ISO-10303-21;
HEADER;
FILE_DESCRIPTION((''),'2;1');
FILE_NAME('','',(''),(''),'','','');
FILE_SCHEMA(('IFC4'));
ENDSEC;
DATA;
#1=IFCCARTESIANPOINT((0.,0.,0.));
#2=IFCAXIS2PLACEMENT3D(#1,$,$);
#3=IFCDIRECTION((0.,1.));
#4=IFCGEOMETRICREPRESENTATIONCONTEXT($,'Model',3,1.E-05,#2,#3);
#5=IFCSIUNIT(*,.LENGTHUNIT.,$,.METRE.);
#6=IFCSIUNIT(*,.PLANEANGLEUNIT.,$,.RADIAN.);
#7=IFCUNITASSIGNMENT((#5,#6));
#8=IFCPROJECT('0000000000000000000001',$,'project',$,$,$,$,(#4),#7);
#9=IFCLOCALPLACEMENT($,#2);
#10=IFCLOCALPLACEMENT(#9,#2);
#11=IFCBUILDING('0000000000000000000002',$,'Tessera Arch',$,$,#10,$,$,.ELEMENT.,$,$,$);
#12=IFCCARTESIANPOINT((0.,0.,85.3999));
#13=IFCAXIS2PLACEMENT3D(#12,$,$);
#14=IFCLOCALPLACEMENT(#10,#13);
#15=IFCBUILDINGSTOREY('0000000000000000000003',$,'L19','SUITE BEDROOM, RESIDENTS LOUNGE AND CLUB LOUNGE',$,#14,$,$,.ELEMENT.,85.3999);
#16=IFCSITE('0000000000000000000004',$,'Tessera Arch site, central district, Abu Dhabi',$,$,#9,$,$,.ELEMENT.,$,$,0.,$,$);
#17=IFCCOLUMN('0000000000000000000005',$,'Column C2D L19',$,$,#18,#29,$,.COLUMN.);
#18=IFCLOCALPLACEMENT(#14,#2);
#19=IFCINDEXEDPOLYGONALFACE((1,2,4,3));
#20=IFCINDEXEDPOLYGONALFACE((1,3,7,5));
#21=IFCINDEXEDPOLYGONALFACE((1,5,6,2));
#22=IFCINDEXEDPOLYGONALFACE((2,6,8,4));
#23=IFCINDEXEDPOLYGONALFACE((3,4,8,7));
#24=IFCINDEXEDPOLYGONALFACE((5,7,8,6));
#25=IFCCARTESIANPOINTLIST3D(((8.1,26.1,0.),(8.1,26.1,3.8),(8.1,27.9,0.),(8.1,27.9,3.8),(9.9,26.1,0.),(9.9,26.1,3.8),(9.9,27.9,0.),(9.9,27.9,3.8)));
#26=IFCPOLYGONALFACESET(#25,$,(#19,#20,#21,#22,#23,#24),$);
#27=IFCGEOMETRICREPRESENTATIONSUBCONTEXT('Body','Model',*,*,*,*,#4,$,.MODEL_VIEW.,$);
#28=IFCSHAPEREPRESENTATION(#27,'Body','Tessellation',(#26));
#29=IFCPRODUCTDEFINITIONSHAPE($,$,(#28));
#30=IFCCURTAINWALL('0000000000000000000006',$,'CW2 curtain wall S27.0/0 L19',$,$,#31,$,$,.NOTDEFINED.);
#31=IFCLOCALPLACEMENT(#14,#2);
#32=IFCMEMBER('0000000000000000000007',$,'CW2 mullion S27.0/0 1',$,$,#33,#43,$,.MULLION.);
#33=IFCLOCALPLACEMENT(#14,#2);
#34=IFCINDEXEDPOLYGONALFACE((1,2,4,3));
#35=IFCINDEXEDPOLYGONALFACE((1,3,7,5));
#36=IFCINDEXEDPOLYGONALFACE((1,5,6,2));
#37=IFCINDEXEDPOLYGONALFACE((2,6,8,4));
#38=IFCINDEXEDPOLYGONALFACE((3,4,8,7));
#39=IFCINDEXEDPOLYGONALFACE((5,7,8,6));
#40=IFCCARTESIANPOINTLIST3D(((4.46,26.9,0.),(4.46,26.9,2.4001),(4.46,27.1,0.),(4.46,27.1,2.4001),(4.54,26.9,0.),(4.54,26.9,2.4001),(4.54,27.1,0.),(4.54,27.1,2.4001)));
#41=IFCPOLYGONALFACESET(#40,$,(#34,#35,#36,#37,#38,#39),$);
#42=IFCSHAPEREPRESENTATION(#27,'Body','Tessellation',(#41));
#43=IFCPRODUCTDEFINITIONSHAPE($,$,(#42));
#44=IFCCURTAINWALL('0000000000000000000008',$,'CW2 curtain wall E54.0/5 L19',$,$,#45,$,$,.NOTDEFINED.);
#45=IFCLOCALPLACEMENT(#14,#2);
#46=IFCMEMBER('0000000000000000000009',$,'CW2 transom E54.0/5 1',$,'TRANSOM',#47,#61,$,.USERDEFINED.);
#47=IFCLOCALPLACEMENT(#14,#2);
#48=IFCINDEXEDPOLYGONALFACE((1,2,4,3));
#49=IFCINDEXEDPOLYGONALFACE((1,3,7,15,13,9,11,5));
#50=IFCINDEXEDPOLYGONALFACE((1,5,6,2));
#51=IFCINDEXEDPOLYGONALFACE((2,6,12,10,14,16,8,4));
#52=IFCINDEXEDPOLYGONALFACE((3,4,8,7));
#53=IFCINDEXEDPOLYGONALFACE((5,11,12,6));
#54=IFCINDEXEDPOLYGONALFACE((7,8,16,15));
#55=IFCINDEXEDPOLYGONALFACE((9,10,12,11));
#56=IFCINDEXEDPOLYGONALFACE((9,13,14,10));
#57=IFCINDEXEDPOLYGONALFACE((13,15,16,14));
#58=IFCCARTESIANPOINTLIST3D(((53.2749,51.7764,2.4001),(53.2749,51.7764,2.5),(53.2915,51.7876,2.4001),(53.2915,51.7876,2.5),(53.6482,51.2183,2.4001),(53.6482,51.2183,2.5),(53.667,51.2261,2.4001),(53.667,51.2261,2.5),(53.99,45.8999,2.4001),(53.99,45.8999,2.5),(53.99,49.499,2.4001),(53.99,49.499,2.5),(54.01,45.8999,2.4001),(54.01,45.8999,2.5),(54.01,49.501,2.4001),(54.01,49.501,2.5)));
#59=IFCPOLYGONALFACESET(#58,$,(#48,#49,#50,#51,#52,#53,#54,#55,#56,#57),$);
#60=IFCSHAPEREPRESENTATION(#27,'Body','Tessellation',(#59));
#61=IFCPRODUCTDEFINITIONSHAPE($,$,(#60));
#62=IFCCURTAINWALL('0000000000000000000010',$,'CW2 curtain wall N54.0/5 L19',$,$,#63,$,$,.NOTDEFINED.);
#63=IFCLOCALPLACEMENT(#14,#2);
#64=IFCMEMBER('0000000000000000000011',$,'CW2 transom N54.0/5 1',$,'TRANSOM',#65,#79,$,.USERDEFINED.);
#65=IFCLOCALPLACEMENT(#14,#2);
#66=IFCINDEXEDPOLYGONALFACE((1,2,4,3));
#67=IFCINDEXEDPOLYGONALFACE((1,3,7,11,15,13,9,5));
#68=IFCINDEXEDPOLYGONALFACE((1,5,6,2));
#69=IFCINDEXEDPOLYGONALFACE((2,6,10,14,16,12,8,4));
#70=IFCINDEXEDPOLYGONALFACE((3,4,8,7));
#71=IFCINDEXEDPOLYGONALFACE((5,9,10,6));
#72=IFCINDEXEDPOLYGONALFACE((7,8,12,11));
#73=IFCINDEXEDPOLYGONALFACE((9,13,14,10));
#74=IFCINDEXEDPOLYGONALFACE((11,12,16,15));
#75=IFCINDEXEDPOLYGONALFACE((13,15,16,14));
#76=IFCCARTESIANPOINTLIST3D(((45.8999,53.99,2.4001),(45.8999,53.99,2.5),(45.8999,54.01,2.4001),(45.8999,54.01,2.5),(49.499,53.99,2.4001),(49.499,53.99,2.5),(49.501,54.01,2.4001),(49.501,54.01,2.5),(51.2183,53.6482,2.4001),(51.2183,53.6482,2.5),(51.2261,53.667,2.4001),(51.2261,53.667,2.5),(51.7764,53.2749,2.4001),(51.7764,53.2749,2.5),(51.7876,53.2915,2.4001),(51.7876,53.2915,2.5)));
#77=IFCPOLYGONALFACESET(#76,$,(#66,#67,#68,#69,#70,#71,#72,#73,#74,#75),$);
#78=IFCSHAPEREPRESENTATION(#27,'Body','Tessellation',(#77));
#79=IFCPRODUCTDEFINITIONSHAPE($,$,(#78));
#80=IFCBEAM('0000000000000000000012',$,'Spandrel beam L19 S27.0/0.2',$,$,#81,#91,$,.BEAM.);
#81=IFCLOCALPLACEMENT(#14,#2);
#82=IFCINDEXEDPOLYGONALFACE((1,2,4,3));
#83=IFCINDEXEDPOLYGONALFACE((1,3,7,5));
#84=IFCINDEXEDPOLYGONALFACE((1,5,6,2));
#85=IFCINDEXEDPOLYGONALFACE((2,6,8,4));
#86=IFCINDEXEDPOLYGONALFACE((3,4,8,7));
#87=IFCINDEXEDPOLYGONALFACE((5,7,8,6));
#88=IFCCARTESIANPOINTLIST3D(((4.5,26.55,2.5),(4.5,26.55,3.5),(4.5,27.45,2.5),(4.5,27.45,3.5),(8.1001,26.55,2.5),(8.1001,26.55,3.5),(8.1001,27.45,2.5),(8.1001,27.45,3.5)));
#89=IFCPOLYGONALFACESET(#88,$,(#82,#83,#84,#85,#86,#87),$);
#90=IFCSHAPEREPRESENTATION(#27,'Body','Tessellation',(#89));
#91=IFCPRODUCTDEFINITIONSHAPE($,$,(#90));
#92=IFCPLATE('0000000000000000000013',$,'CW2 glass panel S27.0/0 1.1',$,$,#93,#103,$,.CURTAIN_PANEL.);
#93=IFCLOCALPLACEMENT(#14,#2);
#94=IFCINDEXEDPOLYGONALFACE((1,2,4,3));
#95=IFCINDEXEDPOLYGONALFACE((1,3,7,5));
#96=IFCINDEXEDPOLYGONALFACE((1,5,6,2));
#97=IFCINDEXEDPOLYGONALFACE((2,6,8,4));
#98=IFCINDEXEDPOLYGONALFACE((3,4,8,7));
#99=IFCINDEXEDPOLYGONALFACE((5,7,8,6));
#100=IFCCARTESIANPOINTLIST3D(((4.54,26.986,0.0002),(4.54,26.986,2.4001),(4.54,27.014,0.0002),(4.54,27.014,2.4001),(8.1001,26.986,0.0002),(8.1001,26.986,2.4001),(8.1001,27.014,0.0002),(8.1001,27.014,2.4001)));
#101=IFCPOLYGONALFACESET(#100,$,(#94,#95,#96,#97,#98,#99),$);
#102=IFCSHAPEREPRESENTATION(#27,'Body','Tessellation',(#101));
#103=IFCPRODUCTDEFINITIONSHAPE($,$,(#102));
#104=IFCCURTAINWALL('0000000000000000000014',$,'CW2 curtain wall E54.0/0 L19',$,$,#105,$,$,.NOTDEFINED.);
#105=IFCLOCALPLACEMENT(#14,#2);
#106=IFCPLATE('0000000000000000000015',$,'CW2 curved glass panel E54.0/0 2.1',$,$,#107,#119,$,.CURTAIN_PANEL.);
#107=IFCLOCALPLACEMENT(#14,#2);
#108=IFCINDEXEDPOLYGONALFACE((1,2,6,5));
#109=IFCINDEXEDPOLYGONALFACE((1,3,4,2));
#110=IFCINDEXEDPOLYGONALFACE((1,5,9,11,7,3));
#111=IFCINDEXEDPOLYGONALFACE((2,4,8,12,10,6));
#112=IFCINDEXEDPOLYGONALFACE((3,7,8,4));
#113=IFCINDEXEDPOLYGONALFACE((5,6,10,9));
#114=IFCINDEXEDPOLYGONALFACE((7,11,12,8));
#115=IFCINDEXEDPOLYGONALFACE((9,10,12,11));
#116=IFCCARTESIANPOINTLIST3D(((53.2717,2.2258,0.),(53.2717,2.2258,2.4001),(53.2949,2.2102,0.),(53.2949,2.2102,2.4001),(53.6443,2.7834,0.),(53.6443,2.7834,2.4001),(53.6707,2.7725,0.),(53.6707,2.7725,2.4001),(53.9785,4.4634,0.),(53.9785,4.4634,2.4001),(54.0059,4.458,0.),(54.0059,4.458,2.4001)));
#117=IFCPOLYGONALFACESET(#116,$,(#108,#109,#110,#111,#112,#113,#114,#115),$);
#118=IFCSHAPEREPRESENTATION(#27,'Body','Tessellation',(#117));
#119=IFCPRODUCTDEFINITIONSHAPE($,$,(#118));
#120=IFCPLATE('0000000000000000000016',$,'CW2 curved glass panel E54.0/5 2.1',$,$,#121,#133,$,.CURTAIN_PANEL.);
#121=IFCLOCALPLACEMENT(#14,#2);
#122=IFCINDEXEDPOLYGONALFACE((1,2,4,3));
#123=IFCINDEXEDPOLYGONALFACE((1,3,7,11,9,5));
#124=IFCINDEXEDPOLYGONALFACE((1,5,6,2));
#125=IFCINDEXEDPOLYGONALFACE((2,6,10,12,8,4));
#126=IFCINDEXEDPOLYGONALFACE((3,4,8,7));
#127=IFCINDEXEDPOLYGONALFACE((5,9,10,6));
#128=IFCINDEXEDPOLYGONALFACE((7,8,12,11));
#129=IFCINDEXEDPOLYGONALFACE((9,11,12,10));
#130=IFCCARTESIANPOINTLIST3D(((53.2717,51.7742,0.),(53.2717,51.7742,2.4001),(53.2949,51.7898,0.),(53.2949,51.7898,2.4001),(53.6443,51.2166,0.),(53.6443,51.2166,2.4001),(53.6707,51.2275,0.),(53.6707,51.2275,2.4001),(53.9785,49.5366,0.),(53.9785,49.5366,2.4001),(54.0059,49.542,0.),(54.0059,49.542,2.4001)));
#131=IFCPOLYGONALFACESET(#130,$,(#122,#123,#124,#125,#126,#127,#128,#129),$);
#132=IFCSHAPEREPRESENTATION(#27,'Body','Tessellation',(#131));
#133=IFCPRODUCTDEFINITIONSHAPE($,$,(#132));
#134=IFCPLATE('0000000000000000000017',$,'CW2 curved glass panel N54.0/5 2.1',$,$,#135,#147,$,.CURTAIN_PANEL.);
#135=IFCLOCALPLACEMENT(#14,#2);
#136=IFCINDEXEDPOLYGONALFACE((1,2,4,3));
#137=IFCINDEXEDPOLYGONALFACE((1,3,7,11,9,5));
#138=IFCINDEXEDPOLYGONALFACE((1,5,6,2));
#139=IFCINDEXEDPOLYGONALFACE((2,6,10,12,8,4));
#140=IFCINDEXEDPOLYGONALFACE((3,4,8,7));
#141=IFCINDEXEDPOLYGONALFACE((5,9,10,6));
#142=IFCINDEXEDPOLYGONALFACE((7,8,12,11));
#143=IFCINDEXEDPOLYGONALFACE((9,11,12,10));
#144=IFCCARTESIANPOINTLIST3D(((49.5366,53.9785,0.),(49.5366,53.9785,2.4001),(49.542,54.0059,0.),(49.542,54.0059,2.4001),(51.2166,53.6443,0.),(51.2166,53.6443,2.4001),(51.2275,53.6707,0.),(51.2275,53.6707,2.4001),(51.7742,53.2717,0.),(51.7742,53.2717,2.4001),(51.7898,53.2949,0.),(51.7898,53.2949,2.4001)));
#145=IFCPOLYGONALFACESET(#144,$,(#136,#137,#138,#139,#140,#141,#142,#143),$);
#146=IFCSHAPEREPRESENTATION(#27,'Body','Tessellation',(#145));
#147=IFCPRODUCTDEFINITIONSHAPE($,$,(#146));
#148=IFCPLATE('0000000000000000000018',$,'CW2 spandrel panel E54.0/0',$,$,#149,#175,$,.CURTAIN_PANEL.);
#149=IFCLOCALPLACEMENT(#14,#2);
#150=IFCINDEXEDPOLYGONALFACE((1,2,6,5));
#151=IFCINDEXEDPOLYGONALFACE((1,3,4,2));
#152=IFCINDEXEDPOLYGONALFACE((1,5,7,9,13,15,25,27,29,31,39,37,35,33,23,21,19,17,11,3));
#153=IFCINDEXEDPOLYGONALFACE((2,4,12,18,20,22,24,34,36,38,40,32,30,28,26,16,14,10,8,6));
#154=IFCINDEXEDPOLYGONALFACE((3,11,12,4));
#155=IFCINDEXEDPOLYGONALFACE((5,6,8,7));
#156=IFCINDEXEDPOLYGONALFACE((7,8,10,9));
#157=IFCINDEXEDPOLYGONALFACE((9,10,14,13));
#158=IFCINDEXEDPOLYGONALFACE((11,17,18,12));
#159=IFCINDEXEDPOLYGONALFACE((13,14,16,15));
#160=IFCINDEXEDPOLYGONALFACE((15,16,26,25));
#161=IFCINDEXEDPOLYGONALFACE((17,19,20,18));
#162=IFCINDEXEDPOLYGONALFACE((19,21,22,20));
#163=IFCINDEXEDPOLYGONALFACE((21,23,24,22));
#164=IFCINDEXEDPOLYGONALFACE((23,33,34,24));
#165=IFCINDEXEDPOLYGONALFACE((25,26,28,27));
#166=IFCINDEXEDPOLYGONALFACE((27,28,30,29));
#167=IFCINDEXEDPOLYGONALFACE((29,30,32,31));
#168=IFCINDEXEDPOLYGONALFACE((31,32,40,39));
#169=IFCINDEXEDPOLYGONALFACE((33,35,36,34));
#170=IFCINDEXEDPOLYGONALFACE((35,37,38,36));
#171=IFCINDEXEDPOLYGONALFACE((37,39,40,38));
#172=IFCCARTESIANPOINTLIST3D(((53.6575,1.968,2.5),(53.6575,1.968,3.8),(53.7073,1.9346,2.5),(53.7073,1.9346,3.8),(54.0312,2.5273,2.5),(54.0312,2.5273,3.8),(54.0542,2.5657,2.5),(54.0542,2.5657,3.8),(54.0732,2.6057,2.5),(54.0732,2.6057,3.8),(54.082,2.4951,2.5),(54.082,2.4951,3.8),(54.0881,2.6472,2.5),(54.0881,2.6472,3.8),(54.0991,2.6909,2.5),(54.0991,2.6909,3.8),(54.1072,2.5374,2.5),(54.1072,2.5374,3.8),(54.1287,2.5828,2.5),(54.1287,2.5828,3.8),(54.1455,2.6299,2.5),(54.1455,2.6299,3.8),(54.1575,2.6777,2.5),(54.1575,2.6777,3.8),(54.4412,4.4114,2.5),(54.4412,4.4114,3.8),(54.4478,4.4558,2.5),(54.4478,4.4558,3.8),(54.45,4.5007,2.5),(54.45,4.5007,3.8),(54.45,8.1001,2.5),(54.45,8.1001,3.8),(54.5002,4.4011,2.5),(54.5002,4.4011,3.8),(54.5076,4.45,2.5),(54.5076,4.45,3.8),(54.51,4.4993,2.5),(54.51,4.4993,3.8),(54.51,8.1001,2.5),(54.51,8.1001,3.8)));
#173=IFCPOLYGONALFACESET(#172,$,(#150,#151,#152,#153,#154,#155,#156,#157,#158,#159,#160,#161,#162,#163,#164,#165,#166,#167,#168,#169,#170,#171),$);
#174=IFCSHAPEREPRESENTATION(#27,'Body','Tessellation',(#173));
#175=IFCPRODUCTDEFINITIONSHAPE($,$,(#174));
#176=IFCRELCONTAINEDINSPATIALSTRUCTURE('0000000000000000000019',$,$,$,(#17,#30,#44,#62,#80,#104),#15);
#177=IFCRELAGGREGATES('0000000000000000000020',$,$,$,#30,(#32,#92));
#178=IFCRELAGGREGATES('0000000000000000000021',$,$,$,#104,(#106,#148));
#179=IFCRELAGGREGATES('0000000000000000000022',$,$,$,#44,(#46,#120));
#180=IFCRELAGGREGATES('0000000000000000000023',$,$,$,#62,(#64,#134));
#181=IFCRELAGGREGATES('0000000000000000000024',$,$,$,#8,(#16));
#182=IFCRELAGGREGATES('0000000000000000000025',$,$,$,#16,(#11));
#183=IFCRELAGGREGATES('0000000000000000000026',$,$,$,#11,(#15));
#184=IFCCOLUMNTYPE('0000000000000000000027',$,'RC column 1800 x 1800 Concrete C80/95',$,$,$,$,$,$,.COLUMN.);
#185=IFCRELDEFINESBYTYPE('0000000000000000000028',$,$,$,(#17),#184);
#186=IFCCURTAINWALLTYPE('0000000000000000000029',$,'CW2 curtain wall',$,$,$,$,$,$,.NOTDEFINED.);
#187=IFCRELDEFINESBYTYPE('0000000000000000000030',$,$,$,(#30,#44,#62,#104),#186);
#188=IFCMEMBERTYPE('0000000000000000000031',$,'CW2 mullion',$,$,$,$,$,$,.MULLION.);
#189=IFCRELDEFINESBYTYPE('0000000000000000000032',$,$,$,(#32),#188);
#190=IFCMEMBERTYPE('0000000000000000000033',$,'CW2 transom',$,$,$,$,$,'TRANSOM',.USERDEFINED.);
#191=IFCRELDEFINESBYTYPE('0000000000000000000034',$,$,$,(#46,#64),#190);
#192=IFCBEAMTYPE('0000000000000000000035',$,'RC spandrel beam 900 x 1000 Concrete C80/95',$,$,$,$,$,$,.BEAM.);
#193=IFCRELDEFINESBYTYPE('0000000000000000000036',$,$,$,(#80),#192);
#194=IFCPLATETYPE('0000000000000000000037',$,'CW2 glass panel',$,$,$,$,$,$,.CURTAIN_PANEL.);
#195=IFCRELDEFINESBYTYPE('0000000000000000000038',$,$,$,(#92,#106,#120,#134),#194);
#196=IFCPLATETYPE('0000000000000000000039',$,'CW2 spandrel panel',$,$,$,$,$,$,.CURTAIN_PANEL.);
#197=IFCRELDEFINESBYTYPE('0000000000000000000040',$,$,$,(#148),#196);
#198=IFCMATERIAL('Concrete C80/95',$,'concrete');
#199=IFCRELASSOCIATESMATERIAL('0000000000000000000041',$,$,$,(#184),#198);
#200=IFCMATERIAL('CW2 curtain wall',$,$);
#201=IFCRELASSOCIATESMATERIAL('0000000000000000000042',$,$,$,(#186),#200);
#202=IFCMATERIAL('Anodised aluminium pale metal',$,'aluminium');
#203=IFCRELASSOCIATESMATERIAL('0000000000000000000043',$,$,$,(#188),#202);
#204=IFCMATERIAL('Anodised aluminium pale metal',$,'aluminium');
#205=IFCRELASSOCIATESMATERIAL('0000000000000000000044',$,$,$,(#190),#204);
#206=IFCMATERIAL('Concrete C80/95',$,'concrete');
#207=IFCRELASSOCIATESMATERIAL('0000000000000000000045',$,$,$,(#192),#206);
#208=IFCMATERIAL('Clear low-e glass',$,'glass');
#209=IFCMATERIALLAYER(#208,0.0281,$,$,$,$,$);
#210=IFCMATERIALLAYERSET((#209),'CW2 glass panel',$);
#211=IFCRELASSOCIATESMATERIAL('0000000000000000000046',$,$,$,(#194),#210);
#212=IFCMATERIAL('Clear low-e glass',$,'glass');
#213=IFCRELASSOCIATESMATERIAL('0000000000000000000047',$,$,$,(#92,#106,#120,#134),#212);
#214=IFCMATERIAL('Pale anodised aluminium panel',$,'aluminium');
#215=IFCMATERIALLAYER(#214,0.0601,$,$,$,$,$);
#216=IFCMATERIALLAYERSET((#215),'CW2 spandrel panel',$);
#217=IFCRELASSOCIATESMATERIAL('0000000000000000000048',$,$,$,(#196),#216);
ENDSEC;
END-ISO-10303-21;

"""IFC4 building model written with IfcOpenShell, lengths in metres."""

from ifc_helpers import new_model, si_unit, direction, frame, origin, origin_2d, place, context, subcontext, project, spatial, polyline, rectangle, outline, extrude, material, layer, layer_set, material_profile, profile_set, type_object, element, aggregate, save


model = new_model("IFC4")

# Units and contexts
model_context = context("Model", 3, precision=1e-05, world=origin(), true_north=direction((0.0, 1.0)))
body_context = subcontext(model_context, "Body", "Model", "MODEL_VIEW")
ifc_project = project(units=[si_unit("LENGTHUNIT", "METRE"), si_unit("PLANEANGLEUNIT", "RADIAN")], contexts=[model_context])

# Site, building, storey
site_placement = place(None, origin())
site = spatial("IfcSite", under=ifc_project, at=site_placement, Name="Tessera Arch site, central district, Abu Dhabi", CompositionType="ELEMENT", RefElevation=0.0)
building_placement = place(site_placement, origin())
building = spatial("IfcBuilding", under=site, at=building_placement, Name="Tessera Arch", CompositionType="ELEMENT")
storey_placement = place(building_placement, frame((0.0, 0.0, 85.3999)))
storey = spatial("IfcBuildingStorey", under=building, at=storey_placement, Name="L19", Description="SUITE BEDROOM, RESIDENTS LOUNGE AND CLUB LOUNGE", CompositionType="ELEMENT", Elevation=85.3999)

# Column
ifc_material_1 = material(Name="Concrete C80/95", Category="concrete")
ifc_material_profile_1 = material_profile(ifc_material_1, rectangle(XDim=1.8, YDim=1.8, at=origin_2d()), Name="RC column 1800 x 1800 Concrete C80/95")
ifc_profile_set_1 = profile_set([ifc_material_profile_1], Name="Concrete C80/95")
column_type = type_object("IfcColumnType", Name="RC column 1800 x 1800 Concrete C80/95", PredefinedType="COLUMN", material=ifc_profile_set_1)
column_placement = place(storey_placement, frame((9.0, 27.0, 0.0), z_axis=(0.0, 0.0, 1.0), x_axis=(1.0, 0.0, 0.0)))
element("IfcColumn", 1, at=column_placement, inside=storey, type_object=column_type, Name="Column C2D L19", PredefinedType="COLUMN", context=body_context, shape_type="SweptSolid", body=[
    extrude(rectangle(XDim=1.8, YDim=1.8, at=origin_2d()), origin(), (0.0, 0.0, 1.0), 3.8),
])

# Curtain walls, members
ifc_material_2 = material(Name="CW2 curtain wall")
curtain_wall_type = type_object("IfcCurtainWallType", Name="CW2 curtain wall", PredefinedType="NOTDEFINED", material=ifc_material_2)
curtain_wall_1_placement = place(storey_placement, origin())
curtain_wall_1 = element("IfcCurtainWall", 2, at=curtain_wall_1_placement, inside=storey, type_object=curtain_wall_type, Name="CW2 curtain wall S27.0/0 L19", PredefinedType="NOTDEFINED")
ifc_material_3 = material(Name="Anodised aluminium pale metal", Category="aluminium")
ifc_material_profile_2 = material_profile(ifc_material_3, rectangle(XDim=0.2, YDim=0.0801, at=origin_2d()), Name="AL 80x200")
ifc_profile_set_2 = profile_set([ifc_material_profile_2], Name="Anodised aluminium pale metal")
member_type_1 = type_object("IfcMemberType", Name="CW2 mullion", PredefinedType="MULLION", material=ifc_profile_set_2)
member_1_placement = place(storey_placement, frame((4.5, 27.0, 0.0), z_axis=(0.0, 0.0, 1.0), x_axis=(0.0, 1.0, 0.0)))
member_1 = element("IfcMember", 3, at=member_1_placement, type_object=member_type_1, Name="CW2 mullion S27.0/0 1", PredefinedType="MULLION", context=body_context, shape_type="SweptSolid", body=[
    extrude(rectangle(XDim=0.2, YDim=0.0801, at=origin_2d()), origin(), (0.0, 0.0, 1.0), 2.4001),
])
curtain_wall_2_placement = place(storey_placement, origin())
curtain_wall_2 = element("IfcCurtainWall", 4, at=curtain_wall_2_placement, inside=storey, type_object=curtain_wall_type, Name="CW2 curtain wall E54.0/5 L19", PredefinedType="NOTDEFINED")
ifc_material_4 = material(Name="Anodised aluminium pale metal", Category="aluminium")
ifc_material_profile_3 = material_profile(ifc_material_4, rectangle(XDim=0.2, YDim=0.1001, at=origin_2d()), Name="AL 200x100")
ifc_profile_set_3 = profile_set([ifc_material_profile_3], Name="Anodised aluminium pale metal")
member_type_2 = type_object("IfcMemberType", Name="CW2 transom", ElementType="TRANSOM", PredefinedType="USERDEFINED", material=ifc_profile_set_3)
member_2_placement = place(storey_placement, frame((0.0, 0.0, 2.4001)))
member_2 = element("IfcMember", 5, at=member_2_placement, type_object=member_type_2, Name="CW2 transom E54.0/5 1", ObjectType="TRANSOM", PredefinedType="USERDEFINED", context=body_context, shape_type="SweptSolid", body=[
    extrude(outline(polyline([(53.99, 49.499), (53.99, 45.8999), (54.01, 45.8999), (54.01, 49.501), (53.667, 51.2261), (53.2915, 51.7876), (53.2749, 51.7764), (53.6482, 51.2183), (53.99, 49.499)])), origin(), (0.0, 0.0, 1.0), 0.0999),
])
curtain_wall_3_placement = place(storey_placement, origin())
curtain_wall_3 = element("IfcCurtainWall", 6, at=curtain_wall_3_placement, inside=storey, type_object=curtain_wall_type, Name="CW2 curtain wall N54.0/5 L19", PredefinedType="NOTDEFINED")
member_3_placement = place(storey_placement, frame((0.0, 0.0, 2.4001)))
member_3 = element("IfcMember", 7, at=member_3_placement, type_object=member_type_2, Name="CW2 transom N54.0/5 1", ObjectType="TRANSOM", PredefinedType="USERDEFINED", context=body_context, shape_type="SweptSolid", body=[
    extrude(outline(polyline([(51.2183, 53.6482), (51.7764, 53.2749), (51.7876, 53.2915), (51.2261, 53.667), (49.501, 54.01), (45.8999, 54.01), (45.8999, 53.99), (49.499, 53.99), (51.2183, 53.6482)])), origin(), (0.0, 0.0, 1.0), 0.0999),
])

# Beam
ifc_material_5 = material(Name="Concrete C80/95", Category="concrete")
ifc_material_profile_4 = material_profile(ifc_material_5, rectangle(XDim=0.8999, YDim=1.0, at=origin_2d()), Name="RC spandrel beam 900 x 1000 Concrete C80/95")
ifc_profile_set_4 = profile_set([ifc_material_profile_4], Name="Concrete C80/95")
beam_type = type_object("IfcBeamType", Name="RC spandrel beam 900 x 1000 Concrete C80/95", PredefinedType="BEAM", material=ifc_profile_set_4)
beam_placement = place(storey_placement, frame((4.5, 27.0, 3.0), z_axis=(1.0, 0.0, 0.0), x_axis=(0.0, 1.0, 0.0)))
element("IfcBeam", 8, at=beam_placement, inside=storey, type_object=beam_type, Name="Spandrel beam L19 S27.0/0.2", PredefinedType="BEAM", context=body_context, shape_type="SweptSolid", body=[
    extrude(rectangle(XDim=0.8999, YDim=1.0, at=origin_2d()), origin(), (0.0, 0.0, 1.0), 3.6001),
])

# Plate
ifc_material_6 = material(Name="Clear low-e glass", Category="glass")
ifc_material_7 = material(Name="Clear low-e glass", Category="glass")
ifc_layer_1 = layer(ifc_material_7, 0.0281)
ifc_layer_set_1 = layer_set([ifc_layer_1], Name="CW2 glass panel")
plate_type_1 = type_object("IfcPlateType", Name="CW2 glass panel", PredefinedType="CURTAIN_PANEL", material=ifc_layer_set_1)
plate_1_placement = place(storey_placement, frame((6.3201, 27.0, 0.0002), z_axis=(0.0, 0.0, 1.0), x_axis=(1.0, 0.0, 0.0)))
plate_1 = element("IfcPlate", 9, at=plate_1_placement, type_object=plate_type_1, material=ifc_material_6, Name="CW2 glass panel S27.0/0 1.1", PredefinedType="CURTAIN_PANEL", context=body_context, shape_type="SweptSolid", body=[
    extrude(rectangle(XDim=3.5601, YDim=0.0281, at=origin_2d()), origin(), (0.0, 0.0, 1.0), 2.3999),
])
aggregate(curtain_wall_1, [member_1, plate_1])

# Curtain wall, plate
curtain_wall_4_placement = place(storey_placement, origin())
curtain_wall_4 = element("IfcCurtainWall", 10, at=curtain_wall_4_placement, inside=storey, type_object=curtain_wall_type, Name="CW2 curtain wall E54.0/0 L19", PredefinedType="NOTDEFINED")
plate_2_placement = place(storey_placement, origin())
plate_2 = element("IfcPlate", 11, at=plate_2_placement, type_object=plate_type_1, material=ifc_material_6, Name="CW2 curved glass panel E54.0/0 2.1", PredefinedType="CURTAIN_PANEL", context=body_context, shape_type="SweptSolid", body=[
    extrude(outline(polyline([(53.6443, 2.7834), (53.2717, 2.2258), (53.2949, 2.2102), (53.6707, 2.7725), (54.0059, 4.458), (53.9785, 4.4634), (53.6443, 2.7834)])), origin(), (0.0, 0.0, 1.0), 2.4001),
])

# Plates
plate_3_placement = place(storey_placement, origin())
plate_3 = element("IfcPlate", 12, at=plate_3_placement, type_object=plate_type_1, material=ifc_material_6, Name="CW2 curved glass panel E54.0/5 2.1", PredefinedType="CURTAIN_PANEL", context=body_context, shape_type="SweptSolid", body=[
    extrude(outline(polyline([(53.6443, 51.2166), (53.9785, 49.5366), (54.0059, 49.542), (53.6707, 51.2275), (53.2949, 51.7898), (53.2717, 51.7742), (53.6443, 51.2166)])), origin(), (0.0, 0.0, 1.0), 2.4001),
])
plate_4_placement = place(storey_placement, origin())
plate_4 = element("IfcPlate", 13, at=plate_4_placement, type_object=plate_type_1, material=ifc_material_6, Name="CW2 curved glass panel N54.0/5 2.1", PredefinedType="CURTAIN_PANEL", context=body_context, shape_type="SweptSolid", body=[
    extrude(outline(polyline([(51.2166, 53.6443), (51.7742, 53.2717), (51.7898, 53.2949), (51.2275, 53.6707), (49.542, 54.0059), (49.5366, 53.9785), (51.2166, 53.6443)])), origin(), (0.0, 0.0, 1.0), 2.4001),
])
ifc_material_8 = material(Name="Pale anodised aluminium panel", Category="aluminium")
ifc_layer_2 = layer(ifc_material_8, 0.0601)
ifc_layer_set_2 = layer_set([ifc_layer_2], Name="CW2 spandrel panel")
plate_type_2 = type_object("IfcPlateType", Name="CW2 spandrel panel", PredefinedType="CURTAIN_PANEL", material=ifc_layer_set_2)
plate_5_placement = place(storey_placement, frame((0.0, 0.0, 2.5)))
plate_5 = element("IfcPlate", 14, at=plate_5_placement, type_object=plate_type_2, Name="CW2 spandrel panel E54.0/0", PredefinedType="CURTAIN_PANEL", context=body_context, shape_type="SweptSolid", body=[
    extrude(outline(polyline([(54.0312, 2.5273), (53.6575, 1.968), (53.7073, 1.9346), (54.082, 2.4951), (54.1072, 2.5374), (54.1287, 2.5828), (54.1455, 2.6299), (54.1575, 2.6777), (54.5002, 4.4011), (54.5076, 4.45), (54.51, 4.4993), (54.51, 8.1001), (54.45, 8.1001), (54.45, 4.5007), (54.4478, 4.4558), (54.4412, 4.4114), (54.0991, 2.6909), (54.0881, 2.6472), (54.0732, 2.6057), (54.0542, 2.5657), (54.0312, 2.5273)])), origin(), (0.0, 0.0, 1.0), 1.3),
])
aggregate(curtain_wall_4, [plate_2, plate_5])
aggregate(curtain_wall_2, [member_2, plate_3])
aggregate(curtain_wall_3, [member_3, plate_4])

save(model, "model.ifc")
